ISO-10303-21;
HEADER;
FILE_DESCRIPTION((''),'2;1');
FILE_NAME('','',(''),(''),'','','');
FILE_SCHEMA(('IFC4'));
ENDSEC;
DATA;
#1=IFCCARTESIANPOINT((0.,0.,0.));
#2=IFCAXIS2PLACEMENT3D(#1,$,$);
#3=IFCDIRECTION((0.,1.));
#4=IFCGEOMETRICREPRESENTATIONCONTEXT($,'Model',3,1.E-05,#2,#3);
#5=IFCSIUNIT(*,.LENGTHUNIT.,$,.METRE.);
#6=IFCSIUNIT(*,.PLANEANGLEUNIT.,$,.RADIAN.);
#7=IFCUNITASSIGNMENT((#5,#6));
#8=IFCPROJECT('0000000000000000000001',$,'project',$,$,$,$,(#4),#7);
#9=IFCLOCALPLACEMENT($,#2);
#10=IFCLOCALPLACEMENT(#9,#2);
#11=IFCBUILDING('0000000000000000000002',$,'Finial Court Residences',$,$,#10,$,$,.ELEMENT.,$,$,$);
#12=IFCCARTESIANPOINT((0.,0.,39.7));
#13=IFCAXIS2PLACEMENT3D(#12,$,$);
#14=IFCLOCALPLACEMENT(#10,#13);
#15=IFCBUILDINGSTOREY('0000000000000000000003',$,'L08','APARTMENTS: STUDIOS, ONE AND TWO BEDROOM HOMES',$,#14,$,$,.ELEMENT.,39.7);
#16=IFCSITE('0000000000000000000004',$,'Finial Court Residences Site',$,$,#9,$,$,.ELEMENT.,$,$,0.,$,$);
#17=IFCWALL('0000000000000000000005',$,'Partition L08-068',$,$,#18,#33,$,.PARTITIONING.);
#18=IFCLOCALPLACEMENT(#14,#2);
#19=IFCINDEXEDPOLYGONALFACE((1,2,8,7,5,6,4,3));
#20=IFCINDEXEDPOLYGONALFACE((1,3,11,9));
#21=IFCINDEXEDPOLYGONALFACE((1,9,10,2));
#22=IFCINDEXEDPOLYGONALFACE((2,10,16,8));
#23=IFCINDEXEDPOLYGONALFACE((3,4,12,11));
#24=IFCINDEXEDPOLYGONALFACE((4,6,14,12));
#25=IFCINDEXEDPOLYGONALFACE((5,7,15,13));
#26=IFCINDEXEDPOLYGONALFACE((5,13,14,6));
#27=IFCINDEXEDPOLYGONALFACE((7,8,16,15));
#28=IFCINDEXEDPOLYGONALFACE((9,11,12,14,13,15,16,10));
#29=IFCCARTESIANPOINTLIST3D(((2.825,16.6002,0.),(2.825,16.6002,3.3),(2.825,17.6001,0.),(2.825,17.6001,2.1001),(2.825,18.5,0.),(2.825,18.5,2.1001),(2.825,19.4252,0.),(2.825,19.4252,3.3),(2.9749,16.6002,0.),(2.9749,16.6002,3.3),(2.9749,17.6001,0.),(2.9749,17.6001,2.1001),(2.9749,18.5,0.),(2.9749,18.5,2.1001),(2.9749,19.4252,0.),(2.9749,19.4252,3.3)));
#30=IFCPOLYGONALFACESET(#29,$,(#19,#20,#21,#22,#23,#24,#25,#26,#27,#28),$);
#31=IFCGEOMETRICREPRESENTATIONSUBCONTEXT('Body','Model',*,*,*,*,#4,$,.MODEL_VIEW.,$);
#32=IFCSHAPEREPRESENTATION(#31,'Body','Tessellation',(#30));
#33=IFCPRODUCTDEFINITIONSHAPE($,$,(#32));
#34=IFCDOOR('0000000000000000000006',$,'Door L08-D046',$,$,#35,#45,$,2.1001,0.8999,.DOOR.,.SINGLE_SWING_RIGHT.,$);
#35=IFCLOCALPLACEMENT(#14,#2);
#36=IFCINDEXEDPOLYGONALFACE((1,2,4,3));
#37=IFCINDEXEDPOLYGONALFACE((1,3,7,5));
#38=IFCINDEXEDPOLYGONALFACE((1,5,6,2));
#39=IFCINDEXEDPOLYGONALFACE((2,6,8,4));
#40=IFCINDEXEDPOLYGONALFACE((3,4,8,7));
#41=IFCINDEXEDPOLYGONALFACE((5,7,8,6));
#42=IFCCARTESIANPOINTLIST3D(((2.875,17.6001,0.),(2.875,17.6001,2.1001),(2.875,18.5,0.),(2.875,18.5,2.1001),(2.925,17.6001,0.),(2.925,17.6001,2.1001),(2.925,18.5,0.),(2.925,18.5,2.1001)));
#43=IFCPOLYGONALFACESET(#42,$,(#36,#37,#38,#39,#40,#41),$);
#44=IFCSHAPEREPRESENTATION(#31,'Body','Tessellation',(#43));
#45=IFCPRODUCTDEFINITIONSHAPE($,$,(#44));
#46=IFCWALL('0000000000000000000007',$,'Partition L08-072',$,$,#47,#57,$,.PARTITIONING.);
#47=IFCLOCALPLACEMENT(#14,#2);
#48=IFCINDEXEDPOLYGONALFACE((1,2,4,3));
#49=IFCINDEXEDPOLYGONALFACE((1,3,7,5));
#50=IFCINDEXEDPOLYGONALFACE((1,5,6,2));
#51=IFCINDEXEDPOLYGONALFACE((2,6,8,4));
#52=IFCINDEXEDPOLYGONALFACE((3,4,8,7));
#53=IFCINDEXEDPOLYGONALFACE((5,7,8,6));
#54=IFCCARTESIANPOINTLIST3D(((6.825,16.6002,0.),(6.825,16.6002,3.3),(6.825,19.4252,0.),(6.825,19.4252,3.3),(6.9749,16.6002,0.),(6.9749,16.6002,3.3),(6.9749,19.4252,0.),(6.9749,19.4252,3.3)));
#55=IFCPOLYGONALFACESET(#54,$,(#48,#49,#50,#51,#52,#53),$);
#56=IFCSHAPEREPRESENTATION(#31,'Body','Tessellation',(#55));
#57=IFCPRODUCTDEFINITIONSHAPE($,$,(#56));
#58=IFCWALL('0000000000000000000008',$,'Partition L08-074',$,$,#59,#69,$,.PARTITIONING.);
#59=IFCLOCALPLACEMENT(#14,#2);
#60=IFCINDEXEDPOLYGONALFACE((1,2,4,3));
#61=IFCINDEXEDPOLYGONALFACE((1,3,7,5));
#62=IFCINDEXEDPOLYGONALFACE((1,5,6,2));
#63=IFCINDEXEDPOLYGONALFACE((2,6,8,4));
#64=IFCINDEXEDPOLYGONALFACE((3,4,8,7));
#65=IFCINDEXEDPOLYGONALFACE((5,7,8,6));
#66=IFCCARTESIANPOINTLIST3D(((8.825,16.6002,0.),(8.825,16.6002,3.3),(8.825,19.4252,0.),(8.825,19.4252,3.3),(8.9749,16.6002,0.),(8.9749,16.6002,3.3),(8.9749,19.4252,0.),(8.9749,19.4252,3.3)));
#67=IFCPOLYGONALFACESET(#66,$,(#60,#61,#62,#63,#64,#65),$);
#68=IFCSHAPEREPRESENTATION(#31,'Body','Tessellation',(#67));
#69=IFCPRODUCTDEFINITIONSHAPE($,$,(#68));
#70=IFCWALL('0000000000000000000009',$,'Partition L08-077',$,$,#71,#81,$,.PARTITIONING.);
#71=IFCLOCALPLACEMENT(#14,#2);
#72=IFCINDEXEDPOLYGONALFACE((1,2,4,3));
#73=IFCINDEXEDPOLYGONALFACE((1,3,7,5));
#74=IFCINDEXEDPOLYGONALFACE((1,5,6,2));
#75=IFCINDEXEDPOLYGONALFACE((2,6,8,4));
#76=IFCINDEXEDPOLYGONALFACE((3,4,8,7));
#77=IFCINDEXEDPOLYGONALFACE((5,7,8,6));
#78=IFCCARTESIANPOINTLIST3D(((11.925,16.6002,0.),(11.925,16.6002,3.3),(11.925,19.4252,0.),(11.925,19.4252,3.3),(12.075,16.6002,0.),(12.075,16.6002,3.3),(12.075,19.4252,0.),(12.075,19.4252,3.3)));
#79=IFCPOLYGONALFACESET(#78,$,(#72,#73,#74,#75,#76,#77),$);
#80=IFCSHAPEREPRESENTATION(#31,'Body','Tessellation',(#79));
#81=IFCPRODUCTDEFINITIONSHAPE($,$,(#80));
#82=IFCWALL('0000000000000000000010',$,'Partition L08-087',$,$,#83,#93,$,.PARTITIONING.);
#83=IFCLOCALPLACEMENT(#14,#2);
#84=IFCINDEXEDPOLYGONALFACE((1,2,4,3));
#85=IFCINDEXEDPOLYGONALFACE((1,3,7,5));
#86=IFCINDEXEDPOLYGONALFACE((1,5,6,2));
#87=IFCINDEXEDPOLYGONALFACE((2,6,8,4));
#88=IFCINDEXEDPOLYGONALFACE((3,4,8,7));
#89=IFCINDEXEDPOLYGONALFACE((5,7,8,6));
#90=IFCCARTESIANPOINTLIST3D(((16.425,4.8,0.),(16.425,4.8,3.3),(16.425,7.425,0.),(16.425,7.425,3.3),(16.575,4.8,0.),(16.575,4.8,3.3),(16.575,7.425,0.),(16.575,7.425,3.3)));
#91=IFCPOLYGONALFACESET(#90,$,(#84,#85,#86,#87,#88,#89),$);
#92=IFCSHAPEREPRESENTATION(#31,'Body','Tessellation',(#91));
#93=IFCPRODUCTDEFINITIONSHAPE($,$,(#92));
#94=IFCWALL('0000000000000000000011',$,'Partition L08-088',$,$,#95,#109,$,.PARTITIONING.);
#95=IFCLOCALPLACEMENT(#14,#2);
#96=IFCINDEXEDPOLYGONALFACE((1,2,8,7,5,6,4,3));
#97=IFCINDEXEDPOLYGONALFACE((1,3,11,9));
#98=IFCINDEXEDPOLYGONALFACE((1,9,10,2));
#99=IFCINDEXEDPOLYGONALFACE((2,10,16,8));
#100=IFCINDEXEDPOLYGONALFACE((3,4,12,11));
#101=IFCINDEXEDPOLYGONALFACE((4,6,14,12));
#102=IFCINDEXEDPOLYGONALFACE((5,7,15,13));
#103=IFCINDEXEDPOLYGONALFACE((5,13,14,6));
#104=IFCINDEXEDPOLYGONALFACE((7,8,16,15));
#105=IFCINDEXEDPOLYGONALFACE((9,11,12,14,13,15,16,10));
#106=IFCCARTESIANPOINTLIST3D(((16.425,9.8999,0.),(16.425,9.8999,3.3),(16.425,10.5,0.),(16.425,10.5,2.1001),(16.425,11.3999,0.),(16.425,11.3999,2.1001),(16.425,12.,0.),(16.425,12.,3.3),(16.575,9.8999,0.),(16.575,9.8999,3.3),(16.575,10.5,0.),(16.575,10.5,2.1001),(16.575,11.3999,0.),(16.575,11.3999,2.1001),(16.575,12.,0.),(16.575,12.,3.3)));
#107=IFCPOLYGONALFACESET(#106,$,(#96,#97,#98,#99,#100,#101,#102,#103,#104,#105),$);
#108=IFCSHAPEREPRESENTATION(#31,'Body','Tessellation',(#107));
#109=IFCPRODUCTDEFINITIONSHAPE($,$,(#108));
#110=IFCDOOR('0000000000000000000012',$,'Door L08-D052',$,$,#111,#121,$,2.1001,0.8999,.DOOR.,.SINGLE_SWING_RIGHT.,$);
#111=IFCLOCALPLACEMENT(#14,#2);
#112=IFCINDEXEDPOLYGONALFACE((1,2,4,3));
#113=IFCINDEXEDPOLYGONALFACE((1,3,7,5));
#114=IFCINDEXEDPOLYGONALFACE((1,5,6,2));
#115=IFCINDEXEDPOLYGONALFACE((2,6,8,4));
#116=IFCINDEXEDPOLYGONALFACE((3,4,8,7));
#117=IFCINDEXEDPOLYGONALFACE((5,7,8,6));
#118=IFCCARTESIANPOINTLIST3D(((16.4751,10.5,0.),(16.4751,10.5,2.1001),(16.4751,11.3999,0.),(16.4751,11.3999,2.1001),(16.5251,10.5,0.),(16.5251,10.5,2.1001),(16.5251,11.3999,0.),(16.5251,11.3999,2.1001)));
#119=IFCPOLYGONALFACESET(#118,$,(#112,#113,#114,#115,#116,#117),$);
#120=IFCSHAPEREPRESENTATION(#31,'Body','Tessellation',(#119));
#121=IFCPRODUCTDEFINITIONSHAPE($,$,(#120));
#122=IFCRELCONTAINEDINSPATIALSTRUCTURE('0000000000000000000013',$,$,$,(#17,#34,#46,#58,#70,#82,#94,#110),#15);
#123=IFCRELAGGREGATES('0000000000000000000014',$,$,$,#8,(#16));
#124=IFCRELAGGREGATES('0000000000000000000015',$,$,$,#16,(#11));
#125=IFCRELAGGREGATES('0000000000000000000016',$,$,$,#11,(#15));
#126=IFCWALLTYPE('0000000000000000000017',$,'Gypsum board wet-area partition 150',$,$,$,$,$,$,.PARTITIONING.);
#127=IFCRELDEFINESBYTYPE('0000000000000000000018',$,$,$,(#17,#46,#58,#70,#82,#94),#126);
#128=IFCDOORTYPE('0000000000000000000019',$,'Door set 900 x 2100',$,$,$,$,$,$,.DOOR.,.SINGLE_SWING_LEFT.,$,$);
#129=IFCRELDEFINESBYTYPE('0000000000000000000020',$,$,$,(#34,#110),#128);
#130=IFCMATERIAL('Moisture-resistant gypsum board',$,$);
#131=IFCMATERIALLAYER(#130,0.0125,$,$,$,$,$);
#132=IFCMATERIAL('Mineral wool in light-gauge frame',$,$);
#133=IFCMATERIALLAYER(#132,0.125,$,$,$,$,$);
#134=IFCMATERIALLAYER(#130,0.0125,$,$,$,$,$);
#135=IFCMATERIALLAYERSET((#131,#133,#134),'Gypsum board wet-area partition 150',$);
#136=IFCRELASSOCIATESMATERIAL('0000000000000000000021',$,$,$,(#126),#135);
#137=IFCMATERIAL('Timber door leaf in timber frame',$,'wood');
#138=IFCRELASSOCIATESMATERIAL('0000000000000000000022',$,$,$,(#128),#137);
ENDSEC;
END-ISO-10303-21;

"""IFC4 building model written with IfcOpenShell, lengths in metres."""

from ifc_helpers import new_model, si_unit, direction, frame, frame_2d, origin, place, context, subcontext, project, spatial, rectangle, extrude, material, layer, layer_set, type_object, element, fill, save


model = new_model("IFC4")

# Units and contexts
model_context = context("Model", 3, precision=1e-05, world=origin(), true_north=direction((0.0, 1.0)))
body_context = subcontext(model_context, "Body", "Model", "MODEL_VIEW")
ifc_project = project(units=[si_unit("LENGTHUNIT", "METRE"), si_unit("PLANEANGLEUNIT", "RADIAN")], contexts=[model_context])

# Site, building, storey
site_placement = place(None, origin())
site = spatial("IfcSite", under=ifc_project, at=site_placement, Name="Finial Court Residences Site", CompositionType="ELEMENT", RefElevation=0.0)
building_placement = place(site_placement, origin())
building = spatial("IfcBuilding", under=site, at=building_placement, Name="Finial Court Residences", CompositionType="ELEMENT")
storey_placement = place(building_placement, frame((0.0, 0.0, 39.7)))
storey = spatial("IfcBuildingStorey", under=building, at=storey_placement, Name="L08", Description="APARTMENTS: STUDIOS, ONE AND TWO BEDROOM HOMES", CompositionType="ELEMENT", Elevation=39.7)

# Shared definitions
ifc_material_1 = material(Name="Mineral wool in light-gauge frame")

# Wall, opening, door
ifc_material_2 = material(Name="Moisture-resistant gypsum board")
ifc_layer_1 = layer(ifc_material_2, 0.0125)
ifc_layer_2 = layer(ifc_material_1, 0.125)
ifc_layer_3 = layer(ifc_material_2, 0.0125)
ifc_layer_set_1 = layer_set([ifc_layer_1, ifc_layer_2, ifc_layer_3], Name="Gypsum board wet-area partition 150")
wall_type_1 = type_object("IfcWallType", Name="Gypsum board wet-area partition 150", PredefinedType="PARTITIONING", material=ifc_layer_set_1)
ifc_material_3 = material(Name="Timber door leaf in timber frame", Category="wood")
door_type = type_object("IfcDoorType", Name="Door set 900 x 2100", OperationType="SINGLE_SWING_LEFT", PredefinedType="DOOR", material=ifc_material_3)
wall_1_placement = place(storey_placement, frame((2.8999, 16.6001, 0.0), z_axis=(0.0, 0.0, 1.0), x_axis=(0.0, 1.0, 0.0)))
wall_1 = element("IfcWall", 1, at=wall_1_placement, inside=storey, type_object=wall_type_1, Name="Partition L08-068", PredefinedType="PARTITIONING", context=body_context, shape_type="SweptSolid", body=[
    extrude(rectangle(XDim=2.825, YDim=0.1499, at=frame_2d((1.4126, 0.0))), origin(), (0.0, 0.0, 1.0), 3.3),
])
opening_1_placement = place(wall_1_placement, frame((1.0, 0.0, 0.0)))
opening_1 = element("IfcOpeningElement", 2, at=opening_1_placement, cuts=wall_1, PredefinedType="OPENING", context=body_context, shape_type="SweptSolid", body=[
    extrude(rectangle(XDim=0.8999, YDim=2.1001, at=frame_2d((0.45, 1.05))), frame((0.0, 0.085, 0.0), z_axis=(0.0, -1.0, 0.0), x_axis=(1.0, 0.0, 0.0)), (0.0, 0.0, 1.0), 0.1699),
])
door_1_placement = place(opening_1_placement, origin())
door_1 = element("IfcDoor", 3, at=door_1_placement, inside=storey, type_object=door_type, Name="Door L08-D046", OperationType="SINGLE_SWING_RIGHT", OverallHeight=2.1001, OverallWidth=0.8999, PredefinedType="DOOR", context=body_context, shape_type="SweptSolid", body=[
    extrude(rectangle(XDim=0.8999, YDim=2.1001, at=frame_2d((0.45, 1.05))), frame((0.0, 0.0249, 0.0), z_axis=(0.0, -1.0, 0.0), x_axis=(1.0, 0.0, 0.0)), (0.0, 0.0, 1.0), 0.05),
])
fill(opening_1, door_1)

# Walls
for number, where, z_axis, x_axis, name in (
    (4, (6.8999, 16.6001, 0.0), (0.0, 0.0, 1.0), (0.0, 1.0, 0.0), "Partition L08-072"),
    (5, (8.8999, 16.6001, 0.0), (0.0, 0.0, 1.0), (0.0, 1.0, 0.0), "Partition L08-074"),
    (6, (12.0, 16.6001, 0.0), (0.0, 0.0, 1.0), (0.0, 1.0, 0.0), "Partition L08-077"),
):
    element("IfcWall", number, at=place(storey_placement, frame(where, z_axis=z_axis, x_axis=x_axis)), inside=storey, type_object=wall_type_1, Name=name, PredefinedType="PARTITIONING", context=body_context, shape_type="SweptSolid", body=[
        extrude(rectangle(XDim=2.825, YDim=0.1499, at=frame_2d((1.4126, 0.0))), origin(), (0.0, 0.0, 1.0), 3.3),
    ])
wall_2_placement = place(storey_placement, frame((16.5, 4.8, 0.0), z_axis=(0.0, 0.0, 1.0), x_axis=(0.0, 1.0, 0.0)))
element("IfcWall", 7, at=wall_2_placement, inside=storey, type_object=wall_type_1, Name="Partition L08-087", PredefinedType="PARTITIONING", context=body_context, shape_type="SweptSolid", body=[
    extrude(rectangle(XDim=2.625, YDim=0.1499, at=frame_2d((1.3125, 0.0))), origin(), (0.0, 0.0, 1.0), 3.3),
])

# Wall, opening, door
wall_3_placement = place(storey_placement, frame((16.5, 9.8999, 0.0), z_axis=(0.0, 0.0, 1.0), x_axis=(0.0, 1.0, 0.0)))
wall_3 = element("IfcWall", 8, at=wall_3_placement, inside=storey, type_object=wall_type_1, Name="Partition L08-088", PredefinedType="PARTITIONING", context=body_context, shape_type="SweptSolid", body=[
    extrude(rectangle(XDim=2.1001, YDim=0.1499, at=frame_2d((1.05, 0.0))), origin(), (0.0, 0.0, 1.0), 3.3),
])
opening_2_placement = place(wall_3_placement, frame((0.6001, 0.0, 0.0)))
opening_2 = element("IfcOpeningElement", 9, at=opening_2_placement, cuts=wall_3, PredefinedType="OPENING", context=body_context, shape_type="SweptSolid", body=[
    extrude(rectangle(XDim=0.8999, YDim=2.1001, at=frame_2d((0.45, 1.05))), frame((0.0, 0.085, 0.0), z_axis=(0.0, -1.0, 0.0), x_axis=(1.0, 0.0, 0.0)), (0.0, 0.0, 1.0), 0.1699),
])
door_2_placement = place(opening_2_placement, origin())
door_2 = element("IfcDoor", 10, at=door_2_placement, inside=storey, type_object=door_type, Name="Door L08-D052", OperationType="SINGLE_SWING_RIGHT", OverallHeight=2.1001, OverallWidth=0.8999, PredefinedType="DOOR", context=body_context, shape_type="SweptSolid", body=[
    extrude(rectangle(XDim=0.8999, YDim=2.1001, at=frame_2d((0.45, 1.05))), frame((0.0, 0.0249, 0.0), z_axis=(0.0, -1.0, 0.0), x_axis=(1.0, 0.0, 0.0)), (0.0, 0.0, 1.0), 0.05),
])
fill(opening_2, door_2)

save(model, "model.ifc")
